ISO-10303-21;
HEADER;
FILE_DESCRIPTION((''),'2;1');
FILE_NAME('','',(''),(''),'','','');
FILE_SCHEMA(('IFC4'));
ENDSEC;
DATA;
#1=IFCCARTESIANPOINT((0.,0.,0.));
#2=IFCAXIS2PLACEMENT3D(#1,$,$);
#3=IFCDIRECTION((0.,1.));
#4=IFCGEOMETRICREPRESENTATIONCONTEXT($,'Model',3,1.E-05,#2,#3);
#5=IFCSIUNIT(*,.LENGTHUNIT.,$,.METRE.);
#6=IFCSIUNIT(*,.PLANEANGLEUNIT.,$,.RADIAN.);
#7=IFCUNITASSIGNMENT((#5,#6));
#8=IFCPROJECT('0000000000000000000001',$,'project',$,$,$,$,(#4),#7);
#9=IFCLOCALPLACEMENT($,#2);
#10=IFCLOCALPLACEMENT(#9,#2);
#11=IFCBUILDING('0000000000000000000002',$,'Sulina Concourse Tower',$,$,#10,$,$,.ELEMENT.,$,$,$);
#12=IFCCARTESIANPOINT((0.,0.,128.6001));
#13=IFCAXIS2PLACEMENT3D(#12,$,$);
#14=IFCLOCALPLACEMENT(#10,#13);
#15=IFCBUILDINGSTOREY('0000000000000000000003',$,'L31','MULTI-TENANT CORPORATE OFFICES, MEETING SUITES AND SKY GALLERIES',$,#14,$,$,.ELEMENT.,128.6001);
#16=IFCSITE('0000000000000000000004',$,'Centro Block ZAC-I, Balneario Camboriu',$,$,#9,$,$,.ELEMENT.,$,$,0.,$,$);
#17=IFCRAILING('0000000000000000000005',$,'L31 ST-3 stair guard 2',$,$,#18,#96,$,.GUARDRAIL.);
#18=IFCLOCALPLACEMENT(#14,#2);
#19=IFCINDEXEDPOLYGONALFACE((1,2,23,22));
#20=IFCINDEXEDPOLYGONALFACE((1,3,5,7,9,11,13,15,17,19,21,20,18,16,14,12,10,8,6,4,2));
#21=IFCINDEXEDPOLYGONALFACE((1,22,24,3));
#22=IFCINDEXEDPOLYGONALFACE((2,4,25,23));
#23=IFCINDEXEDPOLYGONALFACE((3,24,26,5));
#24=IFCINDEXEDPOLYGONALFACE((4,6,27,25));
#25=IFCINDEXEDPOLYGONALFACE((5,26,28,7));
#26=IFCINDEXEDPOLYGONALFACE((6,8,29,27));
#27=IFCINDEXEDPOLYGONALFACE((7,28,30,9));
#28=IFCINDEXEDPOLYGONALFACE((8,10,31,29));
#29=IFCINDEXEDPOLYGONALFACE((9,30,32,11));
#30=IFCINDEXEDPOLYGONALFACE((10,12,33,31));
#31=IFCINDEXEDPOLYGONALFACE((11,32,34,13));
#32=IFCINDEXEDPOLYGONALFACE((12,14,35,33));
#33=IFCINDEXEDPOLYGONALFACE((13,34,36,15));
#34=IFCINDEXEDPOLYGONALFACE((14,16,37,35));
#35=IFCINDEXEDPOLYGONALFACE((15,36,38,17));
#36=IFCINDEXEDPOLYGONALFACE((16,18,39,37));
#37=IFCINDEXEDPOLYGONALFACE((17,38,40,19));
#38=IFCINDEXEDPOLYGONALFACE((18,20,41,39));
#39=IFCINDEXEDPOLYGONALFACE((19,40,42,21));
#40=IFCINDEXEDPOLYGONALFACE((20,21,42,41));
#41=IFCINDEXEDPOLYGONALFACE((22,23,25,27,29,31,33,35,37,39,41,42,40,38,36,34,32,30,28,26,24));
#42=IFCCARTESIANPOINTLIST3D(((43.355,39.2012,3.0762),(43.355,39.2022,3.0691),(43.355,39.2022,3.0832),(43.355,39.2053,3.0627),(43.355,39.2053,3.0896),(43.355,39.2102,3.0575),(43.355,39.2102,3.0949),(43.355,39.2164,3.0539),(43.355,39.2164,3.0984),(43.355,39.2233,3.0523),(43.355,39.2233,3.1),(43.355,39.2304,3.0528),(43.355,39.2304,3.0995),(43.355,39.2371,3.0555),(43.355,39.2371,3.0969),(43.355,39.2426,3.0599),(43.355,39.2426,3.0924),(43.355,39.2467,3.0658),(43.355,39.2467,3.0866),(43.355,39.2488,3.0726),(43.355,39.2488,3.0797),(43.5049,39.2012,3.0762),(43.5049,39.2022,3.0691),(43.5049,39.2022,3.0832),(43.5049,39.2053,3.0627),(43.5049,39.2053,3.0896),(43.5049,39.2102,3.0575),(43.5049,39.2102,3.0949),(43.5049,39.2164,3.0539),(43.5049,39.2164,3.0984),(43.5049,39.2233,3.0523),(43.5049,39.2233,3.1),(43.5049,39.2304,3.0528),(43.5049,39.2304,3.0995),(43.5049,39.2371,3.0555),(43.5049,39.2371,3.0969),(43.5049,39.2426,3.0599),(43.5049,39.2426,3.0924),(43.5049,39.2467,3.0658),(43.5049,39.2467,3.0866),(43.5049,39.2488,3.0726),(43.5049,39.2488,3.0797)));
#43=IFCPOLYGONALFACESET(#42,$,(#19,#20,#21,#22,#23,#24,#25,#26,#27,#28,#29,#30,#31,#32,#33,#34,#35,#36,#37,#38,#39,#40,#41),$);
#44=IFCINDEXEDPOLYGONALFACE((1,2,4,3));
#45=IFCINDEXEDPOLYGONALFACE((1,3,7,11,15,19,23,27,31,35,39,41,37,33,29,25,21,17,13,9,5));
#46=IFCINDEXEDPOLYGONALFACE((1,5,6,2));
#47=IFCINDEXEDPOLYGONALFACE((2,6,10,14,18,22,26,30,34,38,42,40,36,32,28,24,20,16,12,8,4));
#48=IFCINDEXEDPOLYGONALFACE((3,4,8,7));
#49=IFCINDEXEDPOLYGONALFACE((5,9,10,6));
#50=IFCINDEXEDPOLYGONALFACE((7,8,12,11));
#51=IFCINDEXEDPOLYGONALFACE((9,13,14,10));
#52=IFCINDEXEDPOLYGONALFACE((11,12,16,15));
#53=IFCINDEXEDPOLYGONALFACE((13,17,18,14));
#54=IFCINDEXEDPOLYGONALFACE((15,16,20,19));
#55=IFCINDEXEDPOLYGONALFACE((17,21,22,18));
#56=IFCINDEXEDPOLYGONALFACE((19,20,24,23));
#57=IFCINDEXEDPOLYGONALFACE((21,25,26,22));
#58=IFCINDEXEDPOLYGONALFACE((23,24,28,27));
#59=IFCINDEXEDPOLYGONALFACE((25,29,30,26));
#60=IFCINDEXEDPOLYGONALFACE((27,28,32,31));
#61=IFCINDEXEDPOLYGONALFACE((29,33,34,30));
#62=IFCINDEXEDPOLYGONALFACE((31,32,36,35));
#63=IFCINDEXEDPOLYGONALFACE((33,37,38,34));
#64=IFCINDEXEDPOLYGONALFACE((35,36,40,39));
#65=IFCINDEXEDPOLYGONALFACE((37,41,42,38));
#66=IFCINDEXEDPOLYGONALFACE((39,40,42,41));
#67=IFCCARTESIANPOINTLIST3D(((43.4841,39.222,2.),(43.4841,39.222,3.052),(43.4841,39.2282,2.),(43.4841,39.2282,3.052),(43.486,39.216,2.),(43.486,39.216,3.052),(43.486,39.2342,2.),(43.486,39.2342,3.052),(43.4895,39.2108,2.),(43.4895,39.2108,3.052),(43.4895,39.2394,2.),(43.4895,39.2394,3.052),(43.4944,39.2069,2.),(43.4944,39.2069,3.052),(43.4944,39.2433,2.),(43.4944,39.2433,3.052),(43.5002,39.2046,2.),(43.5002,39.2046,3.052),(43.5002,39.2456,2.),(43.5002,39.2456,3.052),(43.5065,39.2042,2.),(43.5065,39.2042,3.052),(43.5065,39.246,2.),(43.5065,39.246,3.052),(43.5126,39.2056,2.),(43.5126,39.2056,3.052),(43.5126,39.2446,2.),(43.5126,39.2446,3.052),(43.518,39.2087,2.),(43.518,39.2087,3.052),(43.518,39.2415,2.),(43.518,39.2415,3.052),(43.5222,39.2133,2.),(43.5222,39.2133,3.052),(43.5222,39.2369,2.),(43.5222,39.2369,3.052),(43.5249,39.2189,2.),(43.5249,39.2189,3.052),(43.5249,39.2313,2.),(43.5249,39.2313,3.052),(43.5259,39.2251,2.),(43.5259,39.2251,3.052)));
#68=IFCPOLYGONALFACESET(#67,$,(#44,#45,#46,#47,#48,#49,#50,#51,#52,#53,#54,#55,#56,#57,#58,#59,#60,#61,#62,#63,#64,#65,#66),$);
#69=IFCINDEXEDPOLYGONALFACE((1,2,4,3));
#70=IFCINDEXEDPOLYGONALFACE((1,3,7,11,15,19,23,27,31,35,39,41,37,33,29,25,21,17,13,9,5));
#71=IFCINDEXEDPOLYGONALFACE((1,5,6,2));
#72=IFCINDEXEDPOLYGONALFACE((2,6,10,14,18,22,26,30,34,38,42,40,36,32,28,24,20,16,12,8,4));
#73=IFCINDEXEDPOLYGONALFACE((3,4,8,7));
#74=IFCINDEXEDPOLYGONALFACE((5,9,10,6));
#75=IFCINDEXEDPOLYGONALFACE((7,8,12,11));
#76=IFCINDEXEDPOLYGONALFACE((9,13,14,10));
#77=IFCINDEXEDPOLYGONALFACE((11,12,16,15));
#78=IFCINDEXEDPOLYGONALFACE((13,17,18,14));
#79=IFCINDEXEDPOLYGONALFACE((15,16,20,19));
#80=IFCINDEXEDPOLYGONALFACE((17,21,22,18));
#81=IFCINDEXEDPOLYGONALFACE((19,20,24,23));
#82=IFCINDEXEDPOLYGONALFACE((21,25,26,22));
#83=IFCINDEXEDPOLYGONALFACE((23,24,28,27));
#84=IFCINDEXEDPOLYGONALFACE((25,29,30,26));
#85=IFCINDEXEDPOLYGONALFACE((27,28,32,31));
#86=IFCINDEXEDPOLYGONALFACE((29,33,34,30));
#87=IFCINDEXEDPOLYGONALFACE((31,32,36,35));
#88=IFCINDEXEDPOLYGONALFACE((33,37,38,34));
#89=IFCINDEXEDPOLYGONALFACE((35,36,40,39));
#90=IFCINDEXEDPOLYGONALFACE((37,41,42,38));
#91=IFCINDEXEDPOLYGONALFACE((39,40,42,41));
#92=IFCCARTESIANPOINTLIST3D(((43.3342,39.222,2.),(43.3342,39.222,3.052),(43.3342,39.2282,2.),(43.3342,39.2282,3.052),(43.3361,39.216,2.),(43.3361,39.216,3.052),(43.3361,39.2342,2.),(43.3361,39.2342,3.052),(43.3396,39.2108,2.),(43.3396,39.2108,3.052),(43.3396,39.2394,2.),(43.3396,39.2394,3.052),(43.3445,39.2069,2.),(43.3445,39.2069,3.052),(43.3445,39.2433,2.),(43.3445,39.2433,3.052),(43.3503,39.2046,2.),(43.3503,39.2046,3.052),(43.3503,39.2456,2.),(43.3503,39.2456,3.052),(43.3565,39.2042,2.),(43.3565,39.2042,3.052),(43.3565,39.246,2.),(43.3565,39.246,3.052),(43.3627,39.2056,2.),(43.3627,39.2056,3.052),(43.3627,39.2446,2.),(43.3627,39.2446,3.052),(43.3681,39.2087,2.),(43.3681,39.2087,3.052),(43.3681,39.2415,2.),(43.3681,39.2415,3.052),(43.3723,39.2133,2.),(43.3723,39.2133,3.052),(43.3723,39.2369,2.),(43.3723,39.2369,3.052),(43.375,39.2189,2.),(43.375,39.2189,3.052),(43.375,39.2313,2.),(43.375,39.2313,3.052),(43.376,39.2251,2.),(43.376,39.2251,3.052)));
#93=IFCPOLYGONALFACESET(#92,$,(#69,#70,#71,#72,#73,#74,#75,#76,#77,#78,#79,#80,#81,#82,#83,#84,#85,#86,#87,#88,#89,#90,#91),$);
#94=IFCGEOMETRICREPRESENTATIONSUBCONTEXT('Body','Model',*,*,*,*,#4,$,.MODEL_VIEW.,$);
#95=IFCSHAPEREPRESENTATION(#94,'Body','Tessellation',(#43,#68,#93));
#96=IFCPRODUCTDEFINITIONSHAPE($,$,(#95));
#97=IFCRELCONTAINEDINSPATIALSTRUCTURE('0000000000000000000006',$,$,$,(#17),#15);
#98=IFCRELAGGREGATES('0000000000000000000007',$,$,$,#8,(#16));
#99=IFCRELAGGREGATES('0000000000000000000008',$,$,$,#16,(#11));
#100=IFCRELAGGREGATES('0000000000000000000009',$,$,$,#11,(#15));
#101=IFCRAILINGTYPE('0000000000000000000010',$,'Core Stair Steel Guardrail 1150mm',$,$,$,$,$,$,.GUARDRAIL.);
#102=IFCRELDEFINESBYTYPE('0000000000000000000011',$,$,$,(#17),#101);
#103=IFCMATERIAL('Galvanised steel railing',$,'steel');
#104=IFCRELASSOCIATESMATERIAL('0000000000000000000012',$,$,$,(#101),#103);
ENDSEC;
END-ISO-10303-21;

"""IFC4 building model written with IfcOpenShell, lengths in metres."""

from ifc_helpers import new_model, si_unit, direction, frame, origin, origin_2d, place, context, subcontext, project, spatial, circle, extrude, material, type_object, element, save


model = new_model("IFC4")

# Units and contexts
model_context = context("Model", 3, precision=1e-05, world=origin(), true_north=direction((0.0, 1.0)))
body_context = subcontext(model_context, "Body", "Model", "MODEL_VIEW")
ifc_project = project(units=[si_unit("LENGTHUNIT", "METRE"), si_unit("PLANEANGLEUNIT", "RADIAN")], contexts=[model_context])

# Site, building, storey
site_placement = place(None, origin())
site = spatial("IfcSite", under=ifc_project, at=site_placement, Name="Centro Block ZAC-I, Balneario Camboriu", CompositionType="ELEMENT", RefElevation=0.0)
building_placement = place(site_placement, origin())
building = spatial("IfcBuilding", under=site, at=building_placement, Name="Sulina Concourse Tower", CompositionType="ELEMENT")
storey_placement = place(building_placement, frame((0.0, 0.0, 128.6001)))
storey = spatial("IfcBuildingStorey", under=building, at=storey_placement, Name="L31", Description="MULTI-TENANT CORPORATE OFFICES, MEETING SUITES AND SKY GALLERIES", CompositionType="ELEMENT", Elevation=128.6001)

# Railing
ifc_material_1 = material(Name="Galvanised steel railing", Category="steel")
railing_type_1 = type_object("IfcRailingType", Name="Core Stair Steel Guardrail 1150mm", PredefinedType="GUARDRAIL", material=ifc_material_1)
railing_1_placement = place(storey_placement, frame((43.5049, 39.2251, 2.0)))
element("IfcRailing", 1, at=railing_1_placement, inside=storey, type_object=railing_type_1, Name="L31 ST-3 stair guard 2", PredefinedType="GUARDRAIL", context=body_context, shape_type="SweptSolid", body=[
    extrude(circle(Radius=0.0239, at=origin_2d()), frame((0.0, 0.0, 1.0762), z_axis=(-1.0, 0.0, 0.0), x_axis=(0.0, -1.0, 0.0)), (0.0, 0.0, 1.0), 0.1499),
    extrude(circle(Radius=0.021, at=origin_2d()), origin(), (0.0, 0.0, 1.0), 1.052),
    extrude(circle(Radius=0.021, at=origin_2d()), frame((-0.1499, 0.0, 0.0)), (0.0, 0.0, 1.0), 1.052),
])

save(model, "model.ifc")
